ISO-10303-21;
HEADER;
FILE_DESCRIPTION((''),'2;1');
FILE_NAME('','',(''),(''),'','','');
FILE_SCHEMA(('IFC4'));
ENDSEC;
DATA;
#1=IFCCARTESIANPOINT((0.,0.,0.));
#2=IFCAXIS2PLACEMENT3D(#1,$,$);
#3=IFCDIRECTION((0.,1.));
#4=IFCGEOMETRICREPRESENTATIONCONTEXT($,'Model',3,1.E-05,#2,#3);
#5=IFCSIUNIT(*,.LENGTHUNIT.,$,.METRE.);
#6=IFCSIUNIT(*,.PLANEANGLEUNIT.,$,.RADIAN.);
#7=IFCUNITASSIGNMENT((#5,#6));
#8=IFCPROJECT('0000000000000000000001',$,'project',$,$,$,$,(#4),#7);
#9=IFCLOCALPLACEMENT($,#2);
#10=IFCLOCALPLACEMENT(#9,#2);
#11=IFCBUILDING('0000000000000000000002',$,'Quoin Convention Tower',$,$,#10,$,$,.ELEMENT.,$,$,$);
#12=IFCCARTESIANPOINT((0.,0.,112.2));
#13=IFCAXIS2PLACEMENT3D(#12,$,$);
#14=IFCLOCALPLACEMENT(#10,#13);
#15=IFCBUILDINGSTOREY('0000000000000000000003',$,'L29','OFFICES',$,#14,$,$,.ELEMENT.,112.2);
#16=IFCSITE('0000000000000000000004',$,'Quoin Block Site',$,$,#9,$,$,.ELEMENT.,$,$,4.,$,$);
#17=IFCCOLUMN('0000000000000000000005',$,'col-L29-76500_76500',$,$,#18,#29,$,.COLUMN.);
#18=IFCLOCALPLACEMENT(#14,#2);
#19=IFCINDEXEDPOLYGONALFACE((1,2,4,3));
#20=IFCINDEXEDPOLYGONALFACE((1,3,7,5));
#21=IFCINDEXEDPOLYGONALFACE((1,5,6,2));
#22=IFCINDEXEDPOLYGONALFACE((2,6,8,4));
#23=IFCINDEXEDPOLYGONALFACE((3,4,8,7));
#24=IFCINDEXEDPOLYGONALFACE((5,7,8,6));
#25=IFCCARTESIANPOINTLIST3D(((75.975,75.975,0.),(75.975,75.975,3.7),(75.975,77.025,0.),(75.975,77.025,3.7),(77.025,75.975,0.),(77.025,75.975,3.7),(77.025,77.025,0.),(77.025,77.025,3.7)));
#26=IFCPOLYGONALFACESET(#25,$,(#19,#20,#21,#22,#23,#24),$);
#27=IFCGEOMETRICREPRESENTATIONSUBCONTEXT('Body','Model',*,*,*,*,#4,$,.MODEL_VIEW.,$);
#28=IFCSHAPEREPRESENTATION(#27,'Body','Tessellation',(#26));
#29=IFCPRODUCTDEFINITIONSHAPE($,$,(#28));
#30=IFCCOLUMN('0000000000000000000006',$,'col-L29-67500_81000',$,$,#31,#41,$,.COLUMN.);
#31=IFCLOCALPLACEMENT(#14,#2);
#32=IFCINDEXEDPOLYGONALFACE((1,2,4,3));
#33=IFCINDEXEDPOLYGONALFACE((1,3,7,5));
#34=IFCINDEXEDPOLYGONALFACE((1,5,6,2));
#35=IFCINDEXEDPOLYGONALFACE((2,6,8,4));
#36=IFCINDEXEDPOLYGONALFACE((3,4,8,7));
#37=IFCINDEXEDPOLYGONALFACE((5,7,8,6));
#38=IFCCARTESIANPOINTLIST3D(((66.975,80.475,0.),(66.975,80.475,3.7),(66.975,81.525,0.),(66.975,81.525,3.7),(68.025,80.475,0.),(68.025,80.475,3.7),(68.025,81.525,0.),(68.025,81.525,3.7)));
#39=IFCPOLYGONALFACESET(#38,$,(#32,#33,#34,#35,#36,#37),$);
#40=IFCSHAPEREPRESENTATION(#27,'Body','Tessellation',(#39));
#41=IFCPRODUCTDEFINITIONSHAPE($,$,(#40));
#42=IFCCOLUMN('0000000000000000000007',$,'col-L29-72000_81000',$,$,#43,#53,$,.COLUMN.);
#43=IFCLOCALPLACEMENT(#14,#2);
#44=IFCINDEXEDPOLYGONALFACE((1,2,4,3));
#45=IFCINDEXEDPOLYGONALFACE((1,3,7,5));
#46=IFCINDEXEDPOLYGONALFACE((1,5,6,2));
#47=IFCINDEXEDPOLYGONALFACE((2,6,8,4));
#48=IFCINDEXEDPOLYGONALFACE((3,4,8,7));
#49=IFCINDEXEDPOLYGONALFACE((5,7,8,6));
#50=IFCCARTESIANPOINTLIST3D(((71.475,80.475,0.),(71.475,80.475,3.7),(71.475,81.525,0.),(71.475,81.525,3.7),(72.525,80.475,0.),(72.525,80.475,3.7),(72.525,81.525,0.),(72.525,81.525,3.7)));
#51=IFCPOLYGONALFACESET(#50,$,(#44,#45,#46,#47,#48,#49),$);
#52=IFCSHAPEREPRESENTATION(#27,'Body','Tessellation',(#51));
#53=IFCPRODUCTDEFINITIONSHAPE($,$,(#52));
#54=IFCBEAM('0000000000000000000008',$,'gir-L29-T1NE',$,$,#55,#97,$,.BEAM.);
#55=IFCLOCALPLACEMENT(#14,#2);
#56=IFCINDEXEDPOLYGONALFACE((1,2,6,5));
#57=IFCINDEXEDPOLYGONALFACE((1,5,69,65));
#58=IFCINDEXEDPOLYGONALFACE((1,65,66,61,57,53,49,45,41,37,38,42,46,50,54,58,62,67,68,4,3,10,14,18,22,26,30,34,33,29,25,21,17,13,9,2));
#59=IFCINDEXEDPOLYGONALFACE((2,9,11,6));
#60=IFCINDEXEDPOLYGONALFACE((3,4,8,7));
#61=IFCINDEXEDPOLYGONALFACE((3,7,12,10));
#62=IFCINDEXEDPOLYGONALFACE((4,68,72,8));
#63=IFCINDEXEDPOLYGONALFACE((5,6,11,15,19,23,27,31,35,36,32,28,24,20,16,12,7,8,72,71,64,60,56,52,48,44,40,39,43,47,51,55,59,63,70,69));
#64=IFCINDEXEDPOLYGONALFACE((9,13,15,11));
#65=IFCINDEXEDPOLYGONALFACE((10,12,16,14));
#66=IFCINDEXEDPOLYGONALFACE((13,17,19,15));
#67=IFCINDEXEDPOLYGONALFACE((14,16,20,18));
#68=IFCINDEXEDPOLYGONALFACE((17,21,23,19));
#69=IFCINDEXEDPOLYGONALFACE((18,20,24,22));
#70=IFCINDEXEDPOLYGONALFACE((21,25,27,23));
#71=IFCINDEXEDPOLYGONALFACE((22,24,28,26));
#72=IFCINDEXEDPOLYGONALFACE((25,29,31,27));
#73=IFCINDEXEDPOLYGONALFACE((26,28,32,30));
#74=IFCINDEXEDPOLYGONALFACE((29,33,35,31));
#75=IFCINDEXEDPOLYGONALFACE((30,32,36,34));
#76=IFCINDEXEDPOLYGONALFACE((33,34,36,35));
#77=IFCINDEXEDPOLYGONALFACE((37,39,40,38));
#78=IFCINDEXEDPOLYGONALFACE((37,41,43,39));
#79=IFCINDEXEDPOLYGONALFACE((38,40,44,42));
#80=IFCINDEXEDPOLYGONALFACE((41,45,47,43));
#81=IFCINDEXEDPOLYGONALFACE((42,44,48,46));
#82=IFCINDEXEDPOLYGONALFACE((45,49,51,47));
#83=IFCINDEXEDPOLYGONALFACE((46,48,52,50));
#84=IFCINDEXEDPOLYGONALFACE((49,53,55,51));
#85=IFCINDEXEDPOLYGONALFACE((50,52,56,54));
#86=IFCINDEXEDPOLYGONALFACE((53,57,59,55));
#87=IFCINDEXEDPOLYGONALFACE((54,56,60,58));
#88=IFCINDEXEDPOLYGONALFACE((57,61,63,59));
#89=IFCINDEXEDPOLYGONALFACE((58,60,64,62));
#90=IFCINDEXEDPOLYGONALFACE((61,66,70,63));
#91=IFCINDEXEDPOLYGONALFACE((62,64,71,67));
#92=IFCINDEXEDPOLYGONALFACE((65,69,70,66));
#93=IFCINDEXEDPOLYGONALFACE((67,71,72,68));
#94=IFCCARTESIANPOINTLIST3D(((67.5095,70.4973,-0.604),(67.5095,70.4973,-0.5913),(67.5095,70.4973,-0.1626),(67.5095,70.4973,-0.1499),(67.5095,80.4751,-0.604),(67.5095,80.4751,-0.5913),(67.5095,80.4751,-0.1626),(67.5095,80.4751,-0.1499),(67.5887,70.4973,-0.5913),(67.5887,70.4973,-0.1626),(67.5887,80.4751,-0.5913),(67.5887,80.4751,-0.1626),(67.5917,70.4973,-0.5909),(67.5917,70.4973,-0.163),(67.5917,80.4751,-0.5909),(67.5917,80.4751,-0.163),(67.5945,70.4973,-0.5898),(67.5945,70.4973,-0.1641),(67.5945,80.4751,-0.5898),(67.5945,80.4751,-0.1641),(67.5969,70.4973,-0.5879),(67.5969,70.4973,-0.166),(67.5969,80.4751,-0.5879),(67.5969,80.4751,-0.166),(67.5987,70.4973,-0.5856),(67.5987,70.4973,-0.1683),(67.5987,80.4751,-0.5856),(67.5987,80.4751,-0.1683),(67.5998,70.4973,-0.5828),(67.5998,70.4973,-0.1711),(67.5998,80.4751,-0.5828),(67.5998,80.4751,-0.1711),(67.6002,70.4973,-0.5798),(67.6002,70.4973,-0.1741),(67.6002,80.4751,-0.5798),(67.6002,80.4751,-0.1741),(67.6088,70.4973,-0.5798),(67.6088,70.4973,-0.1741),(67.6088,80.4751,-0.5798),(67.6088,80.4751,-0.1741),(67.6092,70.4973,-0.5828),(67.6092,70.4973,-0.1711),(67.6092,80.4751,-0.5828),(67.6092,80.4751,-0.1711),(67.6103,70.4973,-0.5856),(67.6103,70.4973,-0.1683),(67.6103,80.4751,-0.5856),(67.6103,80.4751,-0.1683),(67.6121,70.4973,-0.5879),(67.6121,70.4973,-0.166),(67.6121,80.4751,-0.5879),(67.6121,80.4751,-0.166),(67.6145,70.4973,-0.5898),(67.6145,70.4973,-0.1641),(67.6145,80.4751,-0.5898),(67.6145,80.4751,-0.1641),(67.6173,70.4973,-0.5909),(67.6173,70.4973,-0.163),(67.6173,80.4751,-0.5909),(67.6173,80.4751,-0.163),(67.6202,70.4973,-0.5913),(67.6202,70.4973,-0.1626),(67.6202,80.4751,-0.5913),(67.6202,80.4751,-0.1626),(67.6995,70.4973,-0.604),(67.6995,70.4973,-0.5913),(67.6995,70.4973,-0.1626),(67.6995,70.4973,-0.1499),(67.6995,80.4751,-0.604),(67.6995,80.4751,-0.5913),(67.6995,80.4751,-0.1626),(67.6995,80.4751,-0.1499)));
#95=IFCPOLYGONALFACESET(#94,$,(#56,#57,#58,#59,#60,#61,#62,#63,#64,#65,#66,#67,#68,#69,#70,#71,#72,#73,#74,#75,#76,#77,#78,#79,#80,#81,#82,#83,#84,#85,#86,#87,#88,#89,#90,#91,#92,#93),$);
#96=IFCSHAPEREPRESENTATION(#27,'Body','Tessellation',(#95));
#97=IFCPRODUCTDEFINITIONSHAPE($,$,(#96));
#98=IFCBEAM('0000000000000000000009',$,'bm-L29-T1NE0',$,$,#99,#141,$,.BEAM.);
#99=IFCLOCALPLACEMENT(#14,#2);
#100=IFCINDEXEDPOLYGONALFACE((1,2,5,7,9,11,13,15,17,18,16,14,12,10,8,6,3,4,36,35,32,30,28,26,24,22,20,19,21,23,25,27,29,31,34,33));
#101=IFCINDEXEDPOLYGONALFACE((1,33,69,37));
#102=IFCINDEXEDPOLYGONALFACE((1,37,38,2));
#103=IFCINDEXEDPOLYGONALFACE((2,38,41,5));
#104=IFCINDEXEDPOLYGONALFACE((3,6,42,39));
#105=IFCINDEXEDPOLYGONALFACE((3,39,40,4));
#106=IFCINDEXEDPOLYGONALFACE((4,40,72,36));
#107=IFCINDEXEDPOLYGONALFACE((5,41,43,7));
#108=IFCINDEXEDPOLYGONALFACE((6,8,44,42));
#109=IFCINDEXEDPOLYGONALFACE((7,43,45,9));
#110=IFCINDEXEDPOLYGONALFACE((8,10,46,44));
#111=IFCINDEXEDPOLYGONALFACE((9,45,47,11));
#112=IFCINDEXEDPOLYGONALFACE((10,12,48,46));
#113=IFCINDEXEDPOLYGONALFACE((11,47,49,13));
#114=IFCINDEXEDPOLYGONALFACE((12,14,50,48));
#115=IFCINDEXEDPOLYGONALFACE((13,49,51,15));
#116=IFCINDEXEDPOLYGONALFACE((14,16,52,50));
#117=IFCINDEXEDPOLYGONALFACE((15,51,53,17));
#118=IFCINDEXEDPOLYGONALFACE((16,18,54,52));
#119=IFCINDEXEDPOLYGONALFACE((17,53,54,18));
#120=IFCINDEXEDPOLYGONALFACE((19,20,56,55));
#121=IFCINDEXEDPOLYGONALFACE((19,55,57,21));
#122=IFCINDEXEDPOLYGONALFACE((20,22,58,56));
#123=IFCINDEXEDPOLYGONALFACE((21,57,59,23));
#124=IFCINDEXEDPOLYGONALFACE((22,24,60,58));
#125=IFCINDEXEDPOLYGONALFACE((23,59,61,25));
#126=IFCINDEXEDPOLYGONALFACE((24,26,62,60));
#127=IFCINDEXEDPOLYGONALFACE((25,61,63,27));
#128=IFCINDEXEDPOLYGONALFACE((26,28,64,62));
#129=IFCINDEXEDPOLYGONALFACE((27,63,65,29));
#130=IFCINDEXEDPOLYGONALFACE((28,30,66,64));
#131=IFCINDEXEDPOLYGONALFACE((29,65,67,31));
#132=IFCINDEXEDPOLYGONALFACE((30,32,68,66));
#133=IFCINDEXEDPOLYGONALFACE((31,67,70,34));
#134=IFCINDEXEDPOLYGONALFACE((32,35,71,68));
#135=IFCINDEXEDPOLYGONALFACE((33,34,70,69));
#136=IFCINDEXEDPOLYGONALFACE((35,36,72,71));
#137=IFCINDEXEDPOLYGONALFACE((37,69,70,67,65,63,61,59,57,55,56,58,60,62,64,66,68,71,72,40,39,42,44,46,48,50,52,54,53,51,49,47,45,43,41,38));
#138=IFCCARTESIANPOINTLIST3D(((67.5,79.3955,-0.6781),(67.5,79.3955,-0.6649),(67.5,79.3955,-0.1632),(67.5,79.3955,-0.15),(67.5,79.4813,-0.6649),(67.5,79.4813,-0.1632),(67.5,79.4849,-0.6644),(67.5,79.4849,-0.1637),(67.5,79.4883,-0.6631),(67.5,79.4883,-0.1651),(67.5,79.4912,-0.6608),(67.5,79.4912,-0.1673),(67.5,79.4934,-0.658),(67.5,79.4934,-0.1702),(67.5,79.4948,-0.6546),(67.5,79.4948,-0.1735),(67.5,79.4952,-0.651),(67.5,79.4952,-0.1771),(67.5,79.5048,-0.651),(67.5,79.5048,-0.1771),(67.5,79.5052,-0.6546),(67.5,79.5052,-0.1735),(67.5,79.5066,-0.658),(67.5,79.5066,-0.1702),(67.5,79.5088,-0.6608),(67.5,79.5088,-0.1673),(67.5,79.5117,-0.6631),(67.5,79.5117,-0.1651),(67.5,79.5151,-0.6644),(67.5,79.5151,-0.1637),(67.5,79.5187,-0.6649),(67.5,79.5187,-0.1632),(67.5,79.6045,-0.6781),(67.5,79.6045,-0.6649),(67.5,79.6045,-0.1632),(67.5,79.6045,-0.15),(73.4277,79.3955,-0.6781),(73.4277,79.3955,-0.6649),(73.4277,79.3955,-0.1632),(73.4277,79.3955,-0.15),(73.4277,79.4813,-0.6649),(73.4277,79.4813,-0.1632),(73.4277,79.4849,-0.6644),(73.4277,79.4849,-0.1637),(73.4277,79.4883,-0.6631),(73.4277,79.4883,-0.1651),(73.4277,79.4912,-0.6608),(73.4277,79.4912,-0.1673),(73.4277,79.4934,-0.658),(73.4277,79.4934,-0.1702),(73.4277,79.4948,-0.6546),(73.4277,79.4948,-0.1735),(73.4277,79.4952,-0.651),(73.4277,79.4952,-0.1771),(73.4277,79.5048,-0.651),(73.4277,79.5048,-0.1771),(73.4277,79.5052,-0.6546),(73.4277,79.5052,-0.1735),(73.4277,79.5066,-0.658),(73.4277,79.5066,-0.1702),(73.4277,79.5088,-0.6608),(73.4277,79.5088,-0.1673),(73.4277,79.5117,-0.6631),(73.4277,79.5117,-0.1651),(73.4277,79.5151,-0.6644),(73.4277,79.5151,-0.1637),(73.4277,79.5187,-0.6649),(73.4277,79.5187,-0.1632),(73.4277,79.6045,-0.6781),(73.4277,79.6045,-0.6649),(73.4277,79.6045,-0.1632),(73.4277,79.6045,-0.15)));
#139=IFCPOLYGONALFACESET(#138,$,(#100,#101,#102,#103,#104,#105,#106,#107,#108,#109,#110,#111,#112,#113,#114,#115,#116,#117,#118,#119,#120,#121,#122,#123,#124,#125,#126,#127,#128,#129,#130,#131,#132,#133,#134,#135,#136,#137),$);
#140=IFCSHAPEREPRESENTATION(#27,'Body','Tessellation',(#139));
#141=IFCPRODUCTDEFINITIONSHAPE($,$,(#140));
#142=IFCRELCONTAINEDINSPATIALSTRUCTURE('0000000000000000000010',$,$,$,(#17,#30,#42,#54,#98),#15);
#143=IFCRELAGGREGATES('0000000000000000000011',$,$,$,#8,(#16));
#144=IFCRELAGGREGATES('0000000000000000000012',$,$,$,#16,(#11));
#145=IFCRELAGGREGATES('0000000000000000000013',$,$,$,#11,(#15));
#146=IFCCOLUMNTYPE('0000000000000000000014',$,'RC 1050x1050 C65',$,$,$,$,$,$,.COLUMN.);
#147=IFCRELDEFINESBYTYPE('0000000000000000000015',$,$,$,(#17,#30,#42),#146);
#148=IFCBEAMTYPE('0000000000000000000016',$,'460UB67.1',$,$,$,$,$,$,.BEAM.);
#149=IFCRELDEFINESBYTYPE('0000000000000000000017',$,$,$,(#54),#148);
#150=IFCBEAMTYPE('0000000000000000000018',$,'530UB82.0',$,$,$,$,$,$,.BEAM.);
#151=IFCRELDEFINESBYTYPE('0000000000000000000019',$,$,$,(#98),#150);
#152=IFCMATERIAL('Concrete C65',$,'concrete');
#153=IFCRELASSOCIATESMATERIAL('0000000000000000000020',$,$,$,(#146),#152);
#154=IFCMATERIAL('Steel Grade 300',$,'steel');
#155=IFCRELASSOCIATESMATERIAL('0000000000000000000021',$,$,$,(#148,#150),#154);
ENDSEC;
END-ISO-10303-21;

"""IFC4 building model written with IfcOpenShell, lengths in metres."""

from ifc_helpers import new_model, si_unit, direction, frame, origin, origin_2d, place, context, subcontext, project, spatial, rectangle, i_section, extrude, material, material_profile, profile_set, type_object, element, save


model = new_model("IFC4")

# Units and contexts
model_context = context("Model", 3, precision=1e-05, world=origin(), true_north=direction((0.0, 1.0)))
body_context = subcontext(model_context, "Body", "Model", "MODEL_VIEW")
ifc_project = project(units=[si_unit("LENGTHUNIT", "METRE"), si_unit("PLANEANGLEUNIT", "RADIAN")], contexts=[model_context])

# Site, building, storey
site_placement = place(None, origin())
site = spatial("IfcSite", under=ifc_project, at=site_placement, Name="Quoin Block Site", CompositionType="ELEMENT", RefElevation=4.0)
building_placement = place(site_placement, origin())
building = spatial("IfcBuilding", under=site, at=building_placement, Name="Quoin Convention Tower", CompositionType="ELEMENT")
storey_placement = place(building_placement, frame((0.0, 0.0, 112.2)))
storey = spatial("IfcBuildingStorey", under=building, at=storey_placement, Name="L29", Description="OFFICES", CompositionType="ELEMENT", Elevation=112.2)

# Columns
ifc_material_1 = material(Name="Concrete C65", Category="concrete")
ifc_material_profile_1 = material_profile(ifc_material_1, rectangle(XDim=1.05, YDim=1.05, at=origin_2d()), Name="RC 1050x1050")
ifc_profile_set_1 = profile_set([ifc_material_profile_1], Name="Concrete C65")
column_type = type_object("IfcColumnType", Name="RC 1050x1050 C65", PredefinedType="COLUMN", material=ifc_profile_set_1)
for number, where, z_axis, x_axis, name in (
    (1, (76.5, 76.5, 0.0), (0.0, 0.0, 1.0), (1.0, 0.0, 0.0), "col-L29-76500_76500"),
    (2, (67.5, 81.0, 0.0), (0.0, 0.0, 1.0), (1.0, 0.0, 0.0), "col-L29-67500_81000"),
    (3, (72.0, 81.0, 0.0), (0.0, 0.0, 1.0), (1.0, 0.0, 0.0), "col-L29-72000_81000"),
):
    element("IfcColumn", number, at=place(storey_placement, frame(where, z_axis=z_axis, x_axis=x_axis)), inside=storey, type_object=column_type, Name=name, PredefinedType="COLUMN", context=body_context, shape_type="SweptSolid", body=[
        extrude(rectangle(XDim=1.05, YDim=1.05, at=origin_2d()), origin(), (0.0, 0.0, 1.0), 3.7),
    ])

# Beams
ifc_material_2 = material(Name="Steel Grade 300", Category="steel")
ifc_material_profile_2 = material_profile(ifc_material_2, i_section(OverallWidth=0.1899, OverallDepth=0.4541, WebThickness=0.0085, FlangeThickness=0.0127, FilletRadius=0.0115, at=origin_2d()), Name="460UB67.1")
ifc_profile_set_2 = profile_set([ifc_material_profile_2], Name="Steel Grade 300")
beam_type_1 = type_object("IfcBeamType", Name="460UB67.1", PredefinedType="BEAM", material=ifc_profile_set_2)
beam_1_placement = place(storey_placement, frame((67.6045, 80.4751, -0.377), z_axis=(0.0, -1.0, 0.0), x_axis=(1.0, 0.0, 0.0)))
element("IfcBeam", 4, at=beam_1_placement, inside=storey, type_object=beam_type_1, Name="gir-L29-T1NE", PredefinedType="BEAM", context=body_context, shape_type="SweptSolid", body=[
    extrude(i_section(OverallWidth=0.1899, OverallDepth=0.4541, WebThickness=0.0085, FlangeThickness=0.0127, FilletRadius=0.0115, at=origin_2d()), origin(), (0.0, 0.0, 1.0), 9.9778),
])
ifc_material_profile_3 = material_profile(ifc_material_2, i_section(OverallWidth=0.209, OverallDepth=0.5281, WebThickness=0.0095, FlangeThickness=0.0132, FilletRadius=0.0139, at=origin_2d()), Name="530UB82.0")
ifc_profile_set_3 = profile_set([ifc_material_profile_3], Name="Steel Grade 300")
beam_type_2 = type_object("IfcBeamType", Name="530UB82.0", PredefinedType="BEAM", material=ifc_profile_set_3)
beam_2_placement = place(storey_placement, frame((67.5, 79.5, -0.4141), z_axis=(1.0, 0.0, 0.0), x_axis=(0.0, 1.0, 0.0)))
element("IfcBeam", 5, at=beam_2_placement, inside=storey, type_object=beam_type_2, Name="bm-L29-T1NE0", PredefinedType="BEAM", context=body_context, shape_type="SweptSolid", body=[
    extrude(i_section(OverallWidth=0.209, OverallDepth=0.5281, WebThickness=0.0095, FlangeThickness=0.0132, FilletRadius=0.0139, at=origin_2d()), origin(), (0.0, 0.0, 1.0), 5.9277),
])

save(model, "model.ifc")
